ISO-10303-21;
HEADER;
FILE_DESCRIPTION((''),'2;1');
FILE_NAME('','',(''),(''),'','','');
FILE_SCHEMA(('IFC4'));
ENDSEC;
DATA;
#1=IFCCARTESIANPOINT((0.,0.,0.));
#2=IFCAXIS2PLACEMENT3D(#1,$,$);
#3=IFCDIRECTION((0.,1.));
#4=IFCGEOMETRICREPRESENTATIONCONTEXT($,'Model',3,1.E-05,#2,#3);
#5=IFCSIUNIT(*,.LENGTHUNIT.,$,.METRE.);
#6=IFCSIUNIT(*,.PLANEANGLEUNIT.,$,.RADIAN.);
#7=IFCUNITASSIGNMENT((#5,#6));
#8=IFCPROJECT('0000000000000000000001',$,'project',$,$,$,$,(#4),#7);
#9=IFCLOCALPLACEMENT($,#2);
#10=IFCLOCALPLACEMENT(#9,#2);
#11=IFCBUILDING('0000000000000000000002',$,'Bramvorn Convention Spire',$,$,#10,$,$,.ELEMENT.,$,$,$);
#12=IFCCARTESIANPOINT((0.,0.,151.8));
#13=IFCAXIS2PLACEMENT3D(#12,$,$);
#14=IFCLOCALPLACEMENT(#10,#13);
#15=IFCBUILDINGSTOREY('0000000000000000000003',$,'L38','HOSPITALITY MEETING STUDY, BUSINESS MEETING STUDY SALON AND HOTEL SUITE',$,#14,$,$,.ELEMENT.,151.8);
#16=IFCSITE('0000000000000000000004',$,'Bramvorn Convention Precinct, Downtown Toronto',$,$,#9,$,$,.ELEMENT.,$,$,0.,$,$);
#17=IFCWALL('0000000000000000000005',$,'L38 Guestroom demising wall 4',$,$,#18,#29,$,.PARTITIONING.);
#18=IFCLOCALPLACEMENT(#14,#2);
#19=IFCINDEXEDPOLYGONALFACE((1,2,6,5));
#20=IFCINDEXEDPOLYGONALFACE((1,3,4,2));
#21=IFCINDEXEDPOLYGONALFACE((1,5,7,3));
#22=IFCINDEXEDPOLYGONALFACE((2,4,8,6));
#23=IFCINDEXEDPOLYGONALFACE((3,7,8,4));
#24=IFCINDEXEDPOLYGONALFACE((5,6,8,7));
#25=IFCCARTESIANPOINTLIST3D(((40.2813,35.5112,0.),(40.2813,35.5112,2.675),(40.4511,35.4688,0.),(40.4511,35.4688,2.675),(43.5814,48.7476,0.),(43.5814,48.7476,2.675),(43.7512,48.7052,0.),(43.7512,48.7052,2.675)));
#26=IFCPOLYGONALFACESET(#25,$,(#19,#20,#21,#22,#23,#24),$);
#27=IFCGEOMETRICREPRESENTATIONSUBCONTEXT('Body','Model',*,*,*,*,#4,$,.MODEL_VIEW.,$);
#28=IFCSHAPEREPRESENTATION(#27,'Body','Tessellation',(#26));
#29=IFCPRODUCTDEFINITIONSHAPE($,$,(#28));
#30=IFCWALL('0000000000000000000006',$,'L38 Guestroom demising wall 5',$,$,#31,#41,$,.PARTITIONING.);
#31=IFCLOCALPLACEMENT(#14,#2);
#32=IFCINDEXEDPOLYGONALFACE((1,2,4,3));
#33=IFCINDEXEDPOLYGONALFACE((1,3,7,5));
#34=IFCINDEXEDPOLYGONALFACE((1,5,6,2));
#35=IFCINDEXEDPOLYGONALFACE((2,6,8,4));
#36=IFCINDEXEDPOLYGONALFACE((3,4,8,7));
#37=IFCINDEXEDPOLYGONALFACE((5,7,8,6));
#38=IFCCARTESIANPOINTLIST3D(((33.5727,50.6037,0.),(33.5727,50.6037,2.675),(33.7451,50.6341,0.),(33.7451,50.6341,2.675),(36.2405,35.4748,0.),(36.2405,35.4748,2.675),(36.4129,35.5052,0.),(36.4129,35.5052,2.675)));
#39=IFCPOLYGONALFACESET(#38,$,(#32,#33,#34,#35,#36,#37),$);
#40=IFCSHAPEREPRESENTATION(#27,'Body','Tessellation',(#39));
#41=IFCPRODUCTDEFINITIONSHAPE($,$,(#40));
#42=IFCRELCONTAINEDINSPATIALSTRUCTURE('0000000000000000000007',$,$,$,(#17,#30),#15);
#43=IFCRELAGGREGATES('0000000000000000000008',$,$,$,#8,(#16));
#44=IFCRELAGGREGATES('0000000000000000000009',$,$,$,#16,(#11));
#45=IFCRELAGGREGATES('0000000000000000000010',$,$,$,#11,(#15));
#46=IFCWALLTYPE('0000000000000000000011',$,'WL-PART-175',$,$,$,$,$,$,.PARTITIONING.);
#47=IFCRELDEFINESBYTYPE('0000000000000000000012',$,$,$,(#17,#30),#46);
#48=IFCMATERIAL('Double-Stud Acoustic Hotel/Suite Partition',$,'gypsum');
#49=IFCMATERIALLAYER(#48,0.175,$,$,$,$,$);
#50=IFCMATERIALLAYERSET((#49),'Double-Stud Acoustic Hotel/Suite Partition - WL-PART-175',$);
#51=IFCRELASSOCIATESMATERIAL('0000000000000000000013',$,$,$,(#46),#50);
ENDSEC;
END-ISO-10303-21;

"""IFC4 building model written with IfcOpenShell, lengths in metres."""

from ifc_helpers import new_model, si_unit, direction, frame, frame_2d, origin, place, context, subcontext, project, spatial, rectangle, extrude, material, layer, layer_set, type_object, element, save


model = new_model("IFC4")

# Units and contexts
model_context = context("Model", 3, precision=1e-05, world=origin(), true_north=direction((0.0, 1.0)))
body_context = subcontext(model_context, "Body", "Model", "MODEL_VIEW")
ifc_project = project(units=[si_unit("LENGTHUNIT", "METRE"), si_unit("PLANEANGLEUNIT", "RADIAN")], contexts=[model_context])

# Site, building, storey
site_placement = place(None, origin())
site = spatial("IfcSite", under=ifc_project, at=site_placement, Name="Bramvorn Convention Precinct, Downtown Toronto", CompositionType="ELEMENT", RefElevation=0.0)
building_placement = place(site_placement, origin())
building = spatial("IfcBuilding", under=site, at=building_placement, Name="Bramvorn Convention Spire", CompositionType="ELEMENT")
storey_placement = place(building_placement, frame((0.0, 0.0, 151.8)))
storey = spatial("IfcBuildingStorey", under=building, at=storey_placement, Name="L38", Description="HOSPITALITY MEETING STUDY, BUSINESS MEETING STUDY SALON AND HOTEL SUITE", CompositionType="ELEMENT", Elevation=151.8)

# Walls
ifc_material_1 = material(Name="Double-Stud Acoustic Hotel/Suite Partition", Category="gypsum")
ifc_layer_1 = layer(ifc_material_1, 0.175)
ifc_layer_set_1 = layer_set([ifc_layer_1], Name="Double-Stud Acoustic Hotel/Suite Partition - WL-PART-175")
wall_type_1 = type_object("IfcWallType", Name="WL-PART-175", PredefinedType="PARTITIONING", material=ifc_layer_set_1)
wall_1_placement = place(storey_placement, frame((40.3662, 35.49, 0.0), z_axis=(0.0, 0.0, 1.0), x_axis=(0.241912, 0.970298, 0.0)))
element("IfcWall", 1, at=wall_1_placement, inside=storey, type_object=wall_type_1, Name="L38 Guestroom demising wall 4", PredefinedType="PARTITIONING", context=body_context, shape_type="SweptSolid", body=[
    extrude(rectangle(XDim=13.6416, YDim=0.175, at=frame_2d((6.8208, 0.0))), origin(), (0.0, 0.0, 1.0), 2.675),
])
wall_2_placement = place(storey_placement, frame((36.3267, 35.49, 0.0), z_axis=(0.0, 0.0, 1.0), x_axis=(-0.173654, 0.984807, 0.0)))
element("IfcWall", 2, at=wall_2_placement, inside=storey, type_object=wall_type_1, Name="L38 Guestroom demising wall 5", PredefinedType="PARTITIONING", context=body_context, shape_type="SweptSolid", body=[
    extrude(rectangle(XDim=15.3623, YDim=0.175, at=frame_2d((7.6812, 0.0))), origin(), (0.0, 0.0, 1.0), 2.675),
])

save(model, "model.ifc")
